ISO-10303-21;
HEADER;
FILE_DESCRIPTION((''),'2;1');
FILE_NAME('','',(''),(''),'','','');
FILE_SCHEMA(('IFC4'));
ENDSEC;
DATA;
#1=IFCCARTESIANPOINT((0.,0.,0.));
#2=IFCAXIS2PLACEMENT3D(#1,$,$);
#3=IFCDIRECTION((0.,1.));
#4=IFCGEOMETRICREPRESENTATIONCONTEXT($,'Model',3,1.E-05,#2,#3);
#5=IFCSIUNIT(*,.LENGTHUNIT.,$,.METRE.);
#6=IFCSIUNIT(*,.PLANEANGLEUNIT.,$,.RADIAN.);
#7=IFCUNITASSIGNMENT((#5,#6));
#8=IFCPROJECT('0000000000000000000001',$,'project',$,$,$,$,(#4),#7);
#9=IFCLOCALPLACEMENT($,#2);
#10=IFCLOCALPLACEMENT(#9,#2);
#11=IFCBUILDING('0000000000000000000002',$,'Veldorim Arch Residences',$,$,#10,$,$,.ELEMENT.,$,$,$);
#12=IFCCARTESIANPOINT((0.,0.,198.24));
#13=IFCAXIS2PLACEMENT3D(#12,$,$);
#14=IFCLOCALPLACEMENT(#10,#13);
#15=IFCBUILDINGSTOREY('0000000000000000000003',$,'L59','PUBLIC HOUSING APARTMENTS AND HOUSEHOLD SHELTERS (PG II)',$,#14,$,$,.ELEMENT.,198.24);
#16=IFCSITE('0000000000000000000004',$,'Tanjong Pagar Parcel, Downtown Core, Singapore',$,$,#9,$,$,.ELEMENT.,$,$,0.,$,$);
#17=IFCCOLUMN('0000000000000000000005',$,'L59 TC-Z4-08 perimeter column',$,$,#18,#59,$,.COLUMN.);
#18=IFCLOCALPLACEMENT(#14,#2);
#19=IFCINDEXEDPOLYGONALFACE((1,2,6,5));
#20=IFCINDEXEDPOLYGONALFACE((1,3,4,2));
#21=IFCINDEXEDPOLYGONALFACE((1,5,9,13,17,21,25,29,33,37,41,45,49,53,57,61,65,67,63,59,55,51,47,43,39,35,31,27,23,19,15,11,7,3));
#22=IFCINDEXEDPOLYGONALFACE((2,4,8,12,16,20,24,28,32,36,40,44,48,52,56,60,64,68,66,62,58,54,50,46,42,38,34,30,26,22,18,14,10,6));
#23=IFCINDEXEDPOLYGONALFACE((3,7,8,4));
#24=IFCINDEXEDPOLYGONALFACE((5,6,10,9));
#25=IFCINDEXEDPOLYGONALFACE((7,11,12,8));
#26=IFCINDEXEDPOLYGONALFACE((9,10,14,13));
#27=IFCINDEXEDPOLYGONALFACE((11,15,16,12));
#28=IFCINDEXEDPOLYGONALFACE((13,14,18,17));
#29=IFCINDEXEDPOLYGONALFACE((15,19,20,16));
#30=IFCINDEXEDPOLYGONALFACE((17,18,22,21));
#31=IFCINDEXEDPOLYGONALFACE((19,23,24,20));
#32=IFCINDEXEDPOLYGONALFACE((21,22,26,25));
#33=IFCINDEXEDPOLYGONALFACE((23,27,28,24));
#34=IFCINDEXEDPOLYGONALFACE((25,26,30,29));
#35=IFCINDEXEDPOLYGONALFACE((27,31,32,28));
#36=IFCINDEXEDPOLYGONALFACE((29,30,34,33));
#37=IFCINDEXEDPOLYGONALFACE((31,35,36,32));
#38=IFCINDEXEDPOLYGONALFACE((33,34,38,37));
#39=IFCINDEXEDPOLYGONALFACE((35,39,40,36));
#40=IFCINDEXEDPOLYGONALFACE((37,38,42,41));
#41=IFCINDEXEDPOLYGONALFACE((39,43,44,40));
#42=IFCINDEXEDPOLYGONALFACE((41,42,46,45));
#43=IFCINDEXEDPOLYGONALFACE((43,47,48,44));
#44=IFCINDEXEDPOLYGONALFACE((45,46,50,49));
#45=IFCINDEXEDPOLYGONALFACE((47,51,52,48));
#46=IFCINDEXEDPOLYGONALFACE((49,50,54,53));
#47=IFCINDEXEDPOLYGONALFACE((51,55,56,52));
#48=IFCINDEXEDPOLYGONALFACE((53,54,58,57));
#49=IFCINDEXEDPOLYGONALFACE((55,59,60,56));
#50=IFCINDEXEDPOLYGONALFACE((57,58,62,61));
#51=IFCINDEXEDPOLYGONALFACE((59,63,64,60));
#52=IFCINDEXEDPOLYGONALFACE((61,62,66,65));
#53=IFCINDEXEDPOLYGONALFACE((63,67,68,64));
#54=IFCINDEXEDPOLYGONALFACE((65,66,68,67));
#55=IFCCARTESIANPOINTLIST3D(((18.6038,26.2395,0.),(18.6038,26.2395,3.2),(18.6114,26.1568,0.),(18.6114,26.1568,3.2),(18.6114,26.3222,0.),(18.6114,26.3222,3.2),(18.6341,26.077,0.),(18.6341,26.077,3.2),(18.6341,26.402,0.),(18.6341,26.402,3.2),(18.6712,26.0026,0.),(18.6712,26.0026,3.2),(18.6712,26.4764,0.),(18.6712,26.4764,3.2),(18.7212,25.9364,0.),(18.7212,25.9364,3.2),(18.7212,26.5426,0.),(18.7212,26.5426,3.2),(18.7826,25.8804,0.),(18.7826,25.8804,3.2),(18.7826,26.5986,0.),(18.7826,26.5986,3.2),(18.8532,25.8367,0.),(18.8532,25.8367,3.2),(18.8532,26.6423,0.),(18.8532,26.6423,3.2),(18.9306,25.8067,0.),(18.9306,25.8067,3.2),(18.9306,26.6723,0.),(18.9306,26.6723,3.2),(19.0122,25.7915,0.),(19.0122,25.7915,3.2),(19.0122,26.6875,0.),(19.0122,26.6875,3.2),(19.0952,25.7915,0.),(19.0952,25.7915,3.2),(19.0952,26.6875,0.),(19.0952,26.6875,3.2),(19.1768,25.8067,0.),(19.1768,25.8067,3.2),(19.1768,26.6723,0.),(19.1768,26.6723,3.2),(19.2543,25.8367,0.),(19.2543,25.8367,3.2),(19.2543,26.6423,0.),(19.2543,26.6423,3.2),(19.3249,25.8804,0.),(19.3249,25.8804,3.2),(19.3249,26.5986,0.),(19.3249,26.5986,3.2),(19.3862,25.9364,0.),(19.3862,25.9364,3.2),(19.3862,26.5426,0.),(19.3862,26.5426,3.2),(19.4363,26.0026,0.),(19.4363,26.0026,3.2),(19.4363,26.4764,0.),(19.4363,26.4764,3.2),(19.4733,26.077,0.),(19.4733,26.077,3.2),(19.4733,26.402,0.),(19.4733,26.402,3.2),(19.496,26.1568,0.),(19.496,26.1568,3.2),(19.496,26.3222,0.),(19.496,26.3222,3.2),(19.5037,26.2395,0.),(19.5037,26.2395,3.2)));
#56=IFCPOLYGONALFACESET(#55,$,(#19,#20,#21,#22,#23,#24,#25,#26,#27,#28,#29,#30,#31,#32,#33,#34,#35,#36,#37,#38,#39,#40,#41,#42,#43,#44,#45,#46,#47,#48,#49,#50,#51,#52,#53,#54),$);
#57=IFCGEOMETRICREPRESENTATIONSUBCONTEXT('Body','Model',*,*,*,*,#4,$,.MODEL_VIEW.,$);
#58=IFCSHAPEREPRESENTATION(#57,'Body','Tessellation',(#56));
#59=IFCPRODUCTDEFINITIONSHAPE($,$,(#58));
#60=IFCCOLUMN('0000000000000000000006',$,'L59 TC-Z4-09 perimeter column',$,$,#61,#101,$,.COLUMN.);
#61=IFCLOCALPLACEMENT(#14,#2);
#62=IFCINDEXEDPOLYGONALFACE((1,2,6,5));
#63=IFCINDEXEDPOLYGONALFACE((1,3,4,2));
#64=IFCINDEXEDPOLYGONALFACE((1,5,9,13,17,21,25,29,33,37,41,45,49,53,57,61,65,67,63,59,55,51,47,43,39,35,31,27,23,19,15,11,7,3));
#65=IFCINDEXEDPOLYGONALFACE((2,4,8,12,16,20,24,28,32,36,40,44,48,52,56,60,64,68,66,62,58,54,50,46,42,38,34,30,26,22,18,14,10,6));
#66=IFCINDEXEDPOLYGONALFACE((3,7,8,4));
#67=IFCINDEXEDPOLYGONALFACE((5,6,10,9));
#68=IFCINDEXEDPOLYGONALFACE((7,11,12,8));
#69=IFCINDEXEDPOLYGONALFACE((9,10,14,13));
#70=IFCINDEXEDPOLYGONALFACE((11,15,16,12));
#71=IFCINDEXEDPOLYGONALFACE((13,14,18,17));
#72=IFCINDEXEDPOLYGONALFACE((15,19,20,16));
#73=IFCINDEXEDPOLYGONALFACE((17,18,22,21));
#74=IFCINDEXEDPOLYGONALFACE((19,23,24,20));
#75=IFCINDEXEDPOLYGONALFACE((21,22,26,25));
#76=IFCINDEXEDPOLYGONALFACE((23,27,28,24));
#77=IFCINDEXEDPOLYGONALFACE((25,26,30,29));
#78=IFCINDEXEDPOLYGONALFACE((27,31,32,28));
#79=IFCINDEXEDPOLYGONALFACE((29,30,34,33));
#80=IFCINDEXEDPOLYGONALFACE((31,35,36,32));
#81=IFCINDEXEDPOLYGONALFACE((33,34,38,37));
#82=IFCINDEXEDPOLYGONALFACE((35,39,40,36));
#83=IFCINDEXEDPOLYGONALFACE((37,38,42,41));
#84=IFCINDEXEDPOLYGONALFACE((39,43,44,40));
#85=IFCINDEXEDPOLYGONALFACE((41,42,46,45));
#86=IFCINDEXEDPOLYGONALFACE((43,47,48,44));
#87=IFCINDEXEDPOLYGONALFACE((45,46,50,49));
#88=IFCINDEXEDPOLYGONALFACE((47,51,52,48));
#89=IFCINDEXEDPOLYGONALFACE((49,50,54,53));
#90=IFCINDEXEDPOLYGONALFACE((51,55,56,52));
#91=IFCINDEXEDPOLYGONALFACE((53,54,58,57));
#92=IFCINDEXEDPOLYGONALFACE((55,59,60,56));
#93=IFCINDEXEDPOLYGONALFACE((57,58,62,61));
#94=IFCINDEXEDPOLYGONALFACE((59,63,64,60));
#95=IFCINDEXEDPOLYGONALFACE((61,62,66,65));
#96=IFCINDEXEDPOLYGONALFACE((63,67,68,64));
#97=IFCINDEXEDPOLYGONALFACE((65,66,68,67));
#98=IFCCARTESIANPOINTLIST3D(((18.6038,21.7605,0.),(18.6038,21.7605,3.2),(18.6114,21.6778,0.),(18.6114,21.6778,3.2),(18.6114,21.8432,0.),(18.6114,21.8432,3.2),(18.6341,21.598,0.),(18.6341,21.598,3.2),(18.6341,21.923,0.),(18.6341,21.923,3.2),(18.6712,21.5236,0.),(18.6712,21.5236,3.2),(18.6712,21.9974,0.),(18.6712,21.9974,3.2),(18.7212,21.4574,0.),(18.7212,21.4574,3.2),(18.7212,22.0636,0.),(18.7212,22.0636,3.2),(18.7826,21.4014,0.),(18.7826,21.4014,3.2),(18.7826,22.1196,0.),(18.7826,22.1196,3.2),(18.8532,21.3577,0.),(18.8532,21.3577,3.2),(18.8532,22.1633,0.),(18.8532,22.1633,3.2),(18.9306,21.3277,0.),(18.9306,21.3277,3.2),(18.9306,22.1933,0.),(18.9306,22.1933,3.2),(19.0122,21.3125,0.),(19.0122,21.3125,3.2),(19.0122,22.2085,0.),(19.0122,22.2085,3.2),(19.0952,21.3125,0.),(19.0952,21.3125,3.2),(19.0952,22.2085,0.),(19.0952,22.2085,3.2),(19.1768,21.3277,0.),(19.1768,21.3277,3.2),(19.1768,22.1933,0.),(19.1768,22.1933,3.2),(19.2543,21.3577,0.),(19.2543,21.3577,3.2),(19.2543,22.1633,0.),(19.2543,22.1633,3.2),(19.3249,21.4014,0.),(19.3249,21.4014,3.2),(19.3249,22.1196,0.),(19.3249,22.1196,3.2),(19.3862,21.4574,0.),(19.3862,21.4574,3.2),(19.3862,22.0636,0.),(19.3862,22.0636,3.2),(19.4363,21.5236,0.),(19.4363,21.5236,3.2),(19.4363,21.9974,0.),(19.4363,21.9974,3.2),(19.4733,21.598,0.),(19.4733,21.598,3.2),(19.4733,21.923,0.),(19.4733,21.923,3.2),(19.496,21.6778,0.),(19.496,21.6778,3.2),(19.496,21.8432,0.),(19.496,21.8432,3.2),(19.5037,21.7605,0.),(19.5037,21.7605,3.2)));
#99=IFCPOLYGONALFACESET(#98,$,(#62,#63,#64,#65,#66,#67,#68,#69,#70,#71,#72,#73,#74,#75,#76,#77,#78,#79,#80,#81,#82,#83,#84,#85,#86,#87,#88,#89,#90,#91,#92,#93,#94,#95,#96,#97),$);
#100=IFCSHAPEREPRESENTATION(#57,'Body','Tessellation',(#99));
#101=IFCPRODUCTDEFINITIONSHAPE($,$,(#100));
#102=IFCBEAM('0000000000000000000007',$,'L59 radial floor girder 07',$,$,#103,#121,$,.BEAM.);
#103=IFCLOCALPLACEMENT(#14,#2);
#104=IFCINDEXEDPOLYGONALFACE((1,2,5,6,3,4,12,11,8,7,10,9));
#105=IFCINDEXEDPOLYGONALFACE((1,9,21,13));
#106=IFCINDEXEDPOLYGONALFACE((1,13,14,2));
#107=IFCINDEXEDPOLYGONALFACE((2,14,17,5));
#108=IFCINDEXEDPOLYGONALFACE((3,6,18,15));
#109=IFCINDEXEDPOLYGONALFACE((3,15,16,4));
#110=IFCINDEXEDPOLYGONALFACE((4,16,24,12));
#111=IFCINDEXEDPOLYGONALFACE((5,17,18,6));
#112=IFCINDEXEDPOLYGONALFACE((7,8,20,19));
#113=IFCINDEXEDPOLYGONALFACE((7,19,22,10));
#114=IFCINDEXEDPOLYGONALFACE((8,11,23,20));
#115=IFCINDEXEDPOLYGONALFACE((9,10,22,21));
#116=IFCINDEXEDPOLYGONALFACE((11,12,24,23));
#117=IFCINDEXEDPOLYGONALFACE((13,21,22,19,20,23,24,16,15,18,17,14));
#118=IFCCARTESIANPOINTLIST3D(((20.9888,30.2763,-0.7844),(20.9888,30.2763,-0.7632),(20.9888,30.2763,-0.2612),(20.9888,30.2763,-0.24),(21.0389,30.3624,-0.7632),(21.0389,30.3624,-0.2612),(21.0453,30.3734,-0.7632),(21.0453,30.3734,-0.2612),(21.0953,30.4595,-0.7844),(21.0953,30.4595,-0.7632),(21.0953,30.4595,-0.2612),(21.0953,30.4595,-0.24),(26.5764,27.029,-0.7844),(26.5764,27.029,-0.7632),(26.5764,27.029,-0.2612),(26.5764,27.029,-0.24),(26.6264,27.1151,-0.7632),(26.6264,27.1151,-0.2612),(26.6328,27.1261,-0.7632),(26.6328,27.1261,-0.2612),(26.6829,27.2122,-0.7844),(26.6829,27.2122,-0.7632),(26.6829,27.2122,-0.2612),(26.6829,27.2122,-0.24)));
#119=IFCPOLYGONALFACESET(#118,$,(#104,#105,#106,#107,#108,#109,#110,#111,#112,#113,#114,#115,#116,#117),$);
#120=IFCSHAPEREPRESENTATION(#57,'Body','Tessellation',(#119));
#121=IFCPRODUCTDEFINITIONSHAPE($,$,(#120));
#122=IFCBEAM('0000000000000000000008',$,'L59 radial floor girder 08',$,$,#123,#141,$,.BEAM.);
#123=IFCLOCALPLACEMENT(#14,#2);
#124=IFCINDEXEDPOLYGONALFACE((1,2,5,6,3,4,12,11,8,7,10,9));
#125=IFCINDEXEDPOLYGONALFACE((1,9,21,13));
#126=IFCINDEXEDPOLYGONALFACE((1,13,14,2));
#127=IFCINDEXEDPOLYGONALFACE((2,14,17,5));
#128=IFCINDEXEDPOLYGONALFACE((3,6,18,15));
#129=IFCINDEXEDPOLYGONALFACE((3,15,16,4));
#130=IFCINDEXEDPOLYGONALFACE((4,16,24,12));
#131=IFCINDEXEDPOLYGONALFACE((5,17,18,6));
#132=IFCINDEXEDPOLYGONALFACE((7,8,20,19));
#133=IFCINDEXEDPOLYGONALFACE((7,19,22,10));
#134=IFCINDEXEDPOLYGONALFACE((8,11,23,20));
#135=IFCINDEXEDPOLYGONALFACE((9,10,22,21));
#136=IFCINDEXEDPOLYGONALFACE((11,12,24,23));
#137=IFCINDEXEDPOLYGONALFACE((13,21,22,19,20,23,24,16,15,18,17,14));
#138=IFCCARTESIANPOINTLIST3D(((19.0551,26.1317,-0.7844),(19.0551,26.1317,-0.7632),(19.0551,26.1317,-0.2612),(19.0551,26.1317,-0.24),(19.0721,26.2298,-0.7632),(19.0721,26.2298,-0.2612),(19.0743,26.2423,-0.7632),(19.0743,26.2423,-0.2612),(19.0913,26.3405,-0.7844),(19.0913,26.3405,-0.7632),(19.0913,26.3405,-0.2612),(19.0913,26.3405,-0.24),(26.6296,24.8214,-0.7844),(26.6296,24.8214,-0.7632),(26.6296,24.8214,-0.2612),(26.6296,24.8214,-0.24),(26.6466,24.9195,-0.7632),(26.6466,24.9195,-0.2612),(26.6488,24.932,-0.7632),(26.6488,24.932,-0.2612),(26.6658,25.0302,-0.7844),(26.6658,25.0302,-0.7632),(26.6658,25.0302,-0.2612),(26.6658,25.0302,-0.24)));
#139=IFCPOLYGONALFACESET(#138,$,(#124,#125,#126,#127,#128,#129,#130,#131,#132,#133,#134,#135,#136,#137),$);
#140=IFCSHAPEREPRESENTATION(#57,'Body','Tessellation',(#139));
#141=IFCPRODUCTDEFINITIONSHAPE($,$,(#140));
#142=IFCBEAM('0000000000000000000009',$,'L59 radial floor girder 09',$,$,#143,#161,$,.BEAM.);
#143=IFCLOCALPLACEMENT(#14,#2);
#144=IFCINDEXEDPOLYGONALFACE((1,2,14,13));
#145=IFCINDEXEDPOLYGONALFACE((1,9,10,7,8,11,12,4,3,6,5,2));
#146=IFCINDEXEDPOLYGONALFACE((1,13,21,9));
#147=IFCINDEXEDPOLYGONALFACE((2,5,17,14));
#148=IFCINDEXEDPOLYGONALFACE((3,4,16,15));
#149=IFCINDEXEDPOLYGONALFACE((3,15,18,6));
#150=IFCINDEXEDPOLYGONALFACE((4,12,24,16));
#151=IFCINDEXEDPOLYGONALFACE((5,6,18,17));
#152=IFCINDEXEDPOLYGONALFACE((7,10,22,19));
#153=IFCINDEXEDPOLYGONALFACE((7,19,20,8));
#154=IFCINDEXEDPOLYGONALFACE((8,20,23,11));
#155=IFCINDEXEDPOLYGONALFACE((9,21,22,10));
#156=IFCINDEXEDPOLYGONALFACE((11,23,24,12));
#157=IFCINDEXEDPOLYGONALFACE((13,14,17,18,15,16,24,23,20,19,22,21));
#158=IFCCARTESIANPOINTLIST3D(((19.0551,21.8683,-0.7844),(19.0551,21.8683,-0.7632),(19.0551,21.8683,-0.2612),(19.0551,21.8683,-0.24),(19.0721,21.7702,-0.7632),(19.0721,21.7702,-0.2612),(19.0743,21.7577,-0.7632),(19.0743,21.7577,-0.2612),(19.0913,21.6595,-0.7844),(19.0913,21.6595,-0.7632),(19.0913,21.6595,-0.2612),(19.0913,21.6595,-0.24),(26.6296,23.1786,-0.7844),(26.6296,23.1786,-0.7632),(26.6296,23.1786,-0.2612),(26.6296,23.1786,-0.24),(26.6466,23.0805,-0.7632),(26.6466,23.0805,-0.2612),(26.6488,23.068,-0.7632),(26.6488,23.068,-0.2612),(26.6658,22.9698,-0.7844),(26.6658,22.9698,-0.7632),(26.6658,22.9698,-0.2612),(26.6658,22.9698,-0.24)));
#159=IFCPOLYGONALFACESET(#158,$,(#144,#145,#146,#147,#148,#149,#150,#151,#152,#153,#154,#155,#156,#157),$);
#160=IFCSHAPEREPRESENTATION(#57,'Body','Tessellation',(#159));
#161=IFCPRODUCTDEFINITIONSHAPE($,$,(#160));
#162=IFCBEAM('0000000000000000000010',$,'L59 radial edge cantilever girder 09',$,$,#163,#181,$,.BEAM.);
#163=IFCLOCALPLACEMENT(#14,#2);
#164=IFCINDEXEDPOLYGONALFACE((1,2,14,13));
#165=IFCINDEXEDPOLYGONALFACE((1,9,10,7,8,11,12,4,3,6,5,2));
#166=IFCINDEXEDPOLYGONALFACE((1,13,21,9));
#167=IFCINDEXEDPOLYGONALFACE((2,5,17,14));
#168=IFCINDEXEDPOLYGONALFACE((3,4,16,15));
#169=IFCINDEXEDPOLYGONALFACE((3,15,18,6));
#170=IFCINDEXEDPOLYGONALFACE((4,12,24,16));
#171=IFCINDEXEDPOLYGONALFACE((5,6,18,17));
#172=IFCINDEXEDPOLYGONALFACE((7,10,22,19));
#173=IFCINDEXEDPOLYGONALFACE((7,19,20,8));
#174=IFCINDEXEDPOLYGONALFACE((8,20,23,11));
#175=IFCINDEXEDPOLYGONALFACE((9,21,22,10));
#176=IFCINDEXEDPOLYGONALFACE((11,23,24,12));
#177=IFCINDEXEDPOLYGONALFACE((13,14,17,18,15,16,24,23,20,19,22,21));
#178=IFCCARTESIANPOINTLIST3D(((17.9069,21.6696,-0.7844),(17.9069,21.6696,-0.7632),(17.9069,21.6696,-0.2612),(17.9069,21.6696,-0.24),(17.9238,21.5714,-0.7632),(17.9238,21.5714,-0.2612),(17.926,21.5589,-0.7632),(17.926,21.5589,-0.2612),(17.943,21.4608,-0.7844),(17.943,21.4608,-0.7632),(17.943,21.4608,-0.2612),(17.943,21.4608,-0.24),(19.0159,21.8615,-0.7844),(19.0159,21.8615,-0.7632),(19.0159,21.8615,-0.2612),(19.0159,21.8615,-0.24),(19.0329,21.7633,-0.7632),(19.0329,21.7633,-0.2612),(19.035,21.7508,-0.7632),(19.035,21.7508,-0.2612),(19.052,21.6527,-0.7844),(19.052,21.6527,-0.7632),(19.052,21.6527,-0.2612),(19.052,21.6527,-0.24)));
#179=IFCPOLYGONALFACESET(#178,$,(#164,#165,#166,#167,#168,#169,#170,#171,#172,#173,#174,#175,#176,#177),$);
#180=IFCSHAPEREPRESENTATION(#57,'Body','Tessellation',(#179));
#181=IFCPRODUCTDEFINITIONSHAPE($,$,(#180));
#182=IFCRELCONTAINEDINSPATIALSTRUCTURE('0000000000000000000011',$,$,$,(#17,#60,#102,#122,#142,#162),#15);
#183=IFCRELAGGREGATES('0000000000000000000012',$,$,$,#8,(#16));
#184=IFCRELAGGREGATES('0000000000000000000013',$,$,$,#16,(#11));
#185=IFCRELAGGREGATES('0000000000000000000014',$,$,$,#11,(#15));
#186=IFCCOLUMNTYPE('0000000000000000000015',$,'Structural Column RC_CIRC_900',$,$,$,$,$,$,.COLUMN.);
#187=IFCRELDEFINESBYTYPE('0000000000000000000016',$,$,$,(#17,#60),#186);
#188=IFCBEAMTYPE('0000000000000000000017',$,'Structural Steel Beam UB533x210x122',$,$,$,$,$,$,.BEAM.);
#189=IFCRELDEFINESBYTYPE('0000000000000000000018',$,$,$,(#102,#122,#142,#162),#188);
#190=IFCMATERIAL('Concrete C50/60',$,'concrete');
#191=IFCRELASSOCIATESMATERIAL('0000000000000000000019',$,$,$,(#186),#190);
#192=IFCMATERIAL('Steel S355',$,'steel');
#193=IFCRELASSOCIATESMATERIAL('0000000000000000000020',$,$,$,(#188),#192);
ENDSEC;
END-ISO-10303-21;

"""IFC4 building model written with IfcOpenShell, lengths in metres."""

from ifc_helpers import new_model, si_unit, direction, frame, origin, origin_2d, place, context, subcontext, project, spatial, circle, i_section, extrude, material, material_profile, profile_set, type_object, element, save


model = new_model("IFC4")

# Units and contexts
model_context = context("Model", 3, precision=1e-05, world=origin(), true_north=direction((0.0, 1.0)))
body_context = subcontext(model_context, "Body", "Model", "MODEL_VIEW")
ifc_project = project(units=[si_unit("LENGTHUNIT", "METRE"), si_unit("PLANEANGLEUNIT", "RADIAN")], contexts=[model_context])

# Site, building, storey
site_placement = place(None, origin())
site = spatial("IfcSite", under=ifc_project, at=site_placement, Name="Tanjong Pagar Parcel, Downtown Core, Singapore", CompositionType="ELEMENT", RefElevation=0.0)
building_placement = place(site_placement, origin())
building = spatial("IfcBuilding", under=site, at=building_placement, Name="Veldorim Arch Residences", CompositionType="ELEMENT")
storey_placement = place(building_placement, frame((0.0, 0.0, 198.24)))
storey = spatial("IfcBuildingStorey", under=building, at=storey_placement, Name="L59", Description="PUBLIC HOUSING APARTMENTS AND HOUSEHOLD SHELTERS (PG II)", CompositionType="ELEMENT", Elevation=198.24)

# Columns
ifc_material_1 = material(Name="Concrete C50/60", Category="concrete")
ifc_material_profile_1 = material_profile(ifc_material_1, circle(Radius=0.45, at=origin_2d()), Name="RC_CIRC_900")
ifc_profile_set_1 = profile_set([ifc_material_profile_1], Name="Concrete C50/60")
column_type = type_object("IfcColumnType", Name="Structural Column RC_CIRC_900", PredefinedType="COLUMN", material=ifc_profile_set_1)
for number, where, z_axis, x_axis, name in (
    (1, (19.0537, 26.2395, 0.0), (0.0, 0.0, 1.0), (1.0, 0.0, 0.0), "L59 TC-Z4-08 perimeter column"),
    (2, (19.0537, 21.7605, 0.0), (0.0, 0.0, 1.0), (1.0, 0.0, 0.0), "L59 TC-Z4-09 perimeter column"),
):
    element("IfcColumn", number, at=place(storey_placement, frame(where, z_axis=z_axis, x_axis=x_axis)), inside=storey, type_object=column_type, Name=name, PredefinedType="COLUMN", context=body_context, shape_type="SweptSolid", body=[
        extrude(circle(Radius=0.45, at=origin_2d()), origin(), (0.0, 0.0, 1.0), 3.2),
    ])

# Beams
ifc_material_2 = material(Name="Steel S355", Category="steel")
ifc_material_profile_2 = material_profile(ifc_material_2, i_section(OverallWidth=0.2119, OverallDepth=0.5444, WebThickness=0.0127, FlangeThickness=0.0212, at=origin_2d()), Name="UB533x210x122")
ifc_profile_set_2 = profile_set([ifc_material_profile_2], Name="Steel S355")
beam_type_1 = type_object("IfcBeamType", Name="Structural Steel Beam UB533x210x122", PredefinedType="BEAM", material=ifc_profile_set_2)
beam_1_placement = place(storey_placement, frame((26.6296, 27.1206, -0.5122), z_axis=(-0.864596, 0.502468, 0.0), x_axis=(-0.502468, -0.864596, 0.0)))
element("IfcBeam", 3, at=beam_1_placement, inside=storey, type_object=beam_type_1, Name="L59 radial floor girder 07", PredefinedType="BEAM", context=body_context, shape_type="SweptSolid", body=[
    extrude(i_section(OverallWidth=0.2119, OverallDepth=0.5444, WebThickness=0.0127, FlangeThickness=0.0212, at=origin_2d()), origin(), (0.0, 0.0, 1.0), 6.4626),
])
for number, where, z_axis, x_axis, name in (
    (4, (26.6477, 24.9258, -0.5122), (-0.985365, 0.170458, 0.0), (-0.170458, -0.985365, 0.0), "L59 radial floor girder 08"),
    (5, (26.6477, 23.0742, -0.5122), (-0.985365, -0.170458, 0.0), (0.170458, -0.985365, 0.0), "L59 radial floor girder 09"),
):
    element("IfcBeam", number, at=place(storey_placement, frame(where, z_axis=z_axis, x_axis=x_axis)), inside=storey, type_object=beam_type_1, Name=name, PredefinedType="BEAM", context=body_context, shape_type="SweptSolid", body=[
        extrude(i_section(OverallWidth=0.2119, OverallDepth=0.5444, WebThickness=0.0127, FlangeThickness=0.0212, at=origin_2d()), origin(), (0.0, 0.0, 1.0), 7.687),
    ])
beam_2_placement = place(storey_placement, frame((19.0339, 21.7571, -0.5122), z_axis=(-0.985355, -0.170517, 0.0), x_axis=(0.170517, -0.985355, 0.0)))
element("IfcBeam", 6, at=beam_2_placement, inside=storey, type_object=beam_type_1, Name="L59 radial edge cantilever girder 09", PredefinedType="BEAM", context=body_context, shape_type="SweptSolid", body=[
    extrude(i_section(OverallWidth=0.2119, OverallDepth=0.5444, WebThickness=0.0127, FlangeThickness=0.0212, at=origin_2d()), origin(), (0.0, 0.0, 1.0), 1.1255),
])

save(model, "model.ifc")
